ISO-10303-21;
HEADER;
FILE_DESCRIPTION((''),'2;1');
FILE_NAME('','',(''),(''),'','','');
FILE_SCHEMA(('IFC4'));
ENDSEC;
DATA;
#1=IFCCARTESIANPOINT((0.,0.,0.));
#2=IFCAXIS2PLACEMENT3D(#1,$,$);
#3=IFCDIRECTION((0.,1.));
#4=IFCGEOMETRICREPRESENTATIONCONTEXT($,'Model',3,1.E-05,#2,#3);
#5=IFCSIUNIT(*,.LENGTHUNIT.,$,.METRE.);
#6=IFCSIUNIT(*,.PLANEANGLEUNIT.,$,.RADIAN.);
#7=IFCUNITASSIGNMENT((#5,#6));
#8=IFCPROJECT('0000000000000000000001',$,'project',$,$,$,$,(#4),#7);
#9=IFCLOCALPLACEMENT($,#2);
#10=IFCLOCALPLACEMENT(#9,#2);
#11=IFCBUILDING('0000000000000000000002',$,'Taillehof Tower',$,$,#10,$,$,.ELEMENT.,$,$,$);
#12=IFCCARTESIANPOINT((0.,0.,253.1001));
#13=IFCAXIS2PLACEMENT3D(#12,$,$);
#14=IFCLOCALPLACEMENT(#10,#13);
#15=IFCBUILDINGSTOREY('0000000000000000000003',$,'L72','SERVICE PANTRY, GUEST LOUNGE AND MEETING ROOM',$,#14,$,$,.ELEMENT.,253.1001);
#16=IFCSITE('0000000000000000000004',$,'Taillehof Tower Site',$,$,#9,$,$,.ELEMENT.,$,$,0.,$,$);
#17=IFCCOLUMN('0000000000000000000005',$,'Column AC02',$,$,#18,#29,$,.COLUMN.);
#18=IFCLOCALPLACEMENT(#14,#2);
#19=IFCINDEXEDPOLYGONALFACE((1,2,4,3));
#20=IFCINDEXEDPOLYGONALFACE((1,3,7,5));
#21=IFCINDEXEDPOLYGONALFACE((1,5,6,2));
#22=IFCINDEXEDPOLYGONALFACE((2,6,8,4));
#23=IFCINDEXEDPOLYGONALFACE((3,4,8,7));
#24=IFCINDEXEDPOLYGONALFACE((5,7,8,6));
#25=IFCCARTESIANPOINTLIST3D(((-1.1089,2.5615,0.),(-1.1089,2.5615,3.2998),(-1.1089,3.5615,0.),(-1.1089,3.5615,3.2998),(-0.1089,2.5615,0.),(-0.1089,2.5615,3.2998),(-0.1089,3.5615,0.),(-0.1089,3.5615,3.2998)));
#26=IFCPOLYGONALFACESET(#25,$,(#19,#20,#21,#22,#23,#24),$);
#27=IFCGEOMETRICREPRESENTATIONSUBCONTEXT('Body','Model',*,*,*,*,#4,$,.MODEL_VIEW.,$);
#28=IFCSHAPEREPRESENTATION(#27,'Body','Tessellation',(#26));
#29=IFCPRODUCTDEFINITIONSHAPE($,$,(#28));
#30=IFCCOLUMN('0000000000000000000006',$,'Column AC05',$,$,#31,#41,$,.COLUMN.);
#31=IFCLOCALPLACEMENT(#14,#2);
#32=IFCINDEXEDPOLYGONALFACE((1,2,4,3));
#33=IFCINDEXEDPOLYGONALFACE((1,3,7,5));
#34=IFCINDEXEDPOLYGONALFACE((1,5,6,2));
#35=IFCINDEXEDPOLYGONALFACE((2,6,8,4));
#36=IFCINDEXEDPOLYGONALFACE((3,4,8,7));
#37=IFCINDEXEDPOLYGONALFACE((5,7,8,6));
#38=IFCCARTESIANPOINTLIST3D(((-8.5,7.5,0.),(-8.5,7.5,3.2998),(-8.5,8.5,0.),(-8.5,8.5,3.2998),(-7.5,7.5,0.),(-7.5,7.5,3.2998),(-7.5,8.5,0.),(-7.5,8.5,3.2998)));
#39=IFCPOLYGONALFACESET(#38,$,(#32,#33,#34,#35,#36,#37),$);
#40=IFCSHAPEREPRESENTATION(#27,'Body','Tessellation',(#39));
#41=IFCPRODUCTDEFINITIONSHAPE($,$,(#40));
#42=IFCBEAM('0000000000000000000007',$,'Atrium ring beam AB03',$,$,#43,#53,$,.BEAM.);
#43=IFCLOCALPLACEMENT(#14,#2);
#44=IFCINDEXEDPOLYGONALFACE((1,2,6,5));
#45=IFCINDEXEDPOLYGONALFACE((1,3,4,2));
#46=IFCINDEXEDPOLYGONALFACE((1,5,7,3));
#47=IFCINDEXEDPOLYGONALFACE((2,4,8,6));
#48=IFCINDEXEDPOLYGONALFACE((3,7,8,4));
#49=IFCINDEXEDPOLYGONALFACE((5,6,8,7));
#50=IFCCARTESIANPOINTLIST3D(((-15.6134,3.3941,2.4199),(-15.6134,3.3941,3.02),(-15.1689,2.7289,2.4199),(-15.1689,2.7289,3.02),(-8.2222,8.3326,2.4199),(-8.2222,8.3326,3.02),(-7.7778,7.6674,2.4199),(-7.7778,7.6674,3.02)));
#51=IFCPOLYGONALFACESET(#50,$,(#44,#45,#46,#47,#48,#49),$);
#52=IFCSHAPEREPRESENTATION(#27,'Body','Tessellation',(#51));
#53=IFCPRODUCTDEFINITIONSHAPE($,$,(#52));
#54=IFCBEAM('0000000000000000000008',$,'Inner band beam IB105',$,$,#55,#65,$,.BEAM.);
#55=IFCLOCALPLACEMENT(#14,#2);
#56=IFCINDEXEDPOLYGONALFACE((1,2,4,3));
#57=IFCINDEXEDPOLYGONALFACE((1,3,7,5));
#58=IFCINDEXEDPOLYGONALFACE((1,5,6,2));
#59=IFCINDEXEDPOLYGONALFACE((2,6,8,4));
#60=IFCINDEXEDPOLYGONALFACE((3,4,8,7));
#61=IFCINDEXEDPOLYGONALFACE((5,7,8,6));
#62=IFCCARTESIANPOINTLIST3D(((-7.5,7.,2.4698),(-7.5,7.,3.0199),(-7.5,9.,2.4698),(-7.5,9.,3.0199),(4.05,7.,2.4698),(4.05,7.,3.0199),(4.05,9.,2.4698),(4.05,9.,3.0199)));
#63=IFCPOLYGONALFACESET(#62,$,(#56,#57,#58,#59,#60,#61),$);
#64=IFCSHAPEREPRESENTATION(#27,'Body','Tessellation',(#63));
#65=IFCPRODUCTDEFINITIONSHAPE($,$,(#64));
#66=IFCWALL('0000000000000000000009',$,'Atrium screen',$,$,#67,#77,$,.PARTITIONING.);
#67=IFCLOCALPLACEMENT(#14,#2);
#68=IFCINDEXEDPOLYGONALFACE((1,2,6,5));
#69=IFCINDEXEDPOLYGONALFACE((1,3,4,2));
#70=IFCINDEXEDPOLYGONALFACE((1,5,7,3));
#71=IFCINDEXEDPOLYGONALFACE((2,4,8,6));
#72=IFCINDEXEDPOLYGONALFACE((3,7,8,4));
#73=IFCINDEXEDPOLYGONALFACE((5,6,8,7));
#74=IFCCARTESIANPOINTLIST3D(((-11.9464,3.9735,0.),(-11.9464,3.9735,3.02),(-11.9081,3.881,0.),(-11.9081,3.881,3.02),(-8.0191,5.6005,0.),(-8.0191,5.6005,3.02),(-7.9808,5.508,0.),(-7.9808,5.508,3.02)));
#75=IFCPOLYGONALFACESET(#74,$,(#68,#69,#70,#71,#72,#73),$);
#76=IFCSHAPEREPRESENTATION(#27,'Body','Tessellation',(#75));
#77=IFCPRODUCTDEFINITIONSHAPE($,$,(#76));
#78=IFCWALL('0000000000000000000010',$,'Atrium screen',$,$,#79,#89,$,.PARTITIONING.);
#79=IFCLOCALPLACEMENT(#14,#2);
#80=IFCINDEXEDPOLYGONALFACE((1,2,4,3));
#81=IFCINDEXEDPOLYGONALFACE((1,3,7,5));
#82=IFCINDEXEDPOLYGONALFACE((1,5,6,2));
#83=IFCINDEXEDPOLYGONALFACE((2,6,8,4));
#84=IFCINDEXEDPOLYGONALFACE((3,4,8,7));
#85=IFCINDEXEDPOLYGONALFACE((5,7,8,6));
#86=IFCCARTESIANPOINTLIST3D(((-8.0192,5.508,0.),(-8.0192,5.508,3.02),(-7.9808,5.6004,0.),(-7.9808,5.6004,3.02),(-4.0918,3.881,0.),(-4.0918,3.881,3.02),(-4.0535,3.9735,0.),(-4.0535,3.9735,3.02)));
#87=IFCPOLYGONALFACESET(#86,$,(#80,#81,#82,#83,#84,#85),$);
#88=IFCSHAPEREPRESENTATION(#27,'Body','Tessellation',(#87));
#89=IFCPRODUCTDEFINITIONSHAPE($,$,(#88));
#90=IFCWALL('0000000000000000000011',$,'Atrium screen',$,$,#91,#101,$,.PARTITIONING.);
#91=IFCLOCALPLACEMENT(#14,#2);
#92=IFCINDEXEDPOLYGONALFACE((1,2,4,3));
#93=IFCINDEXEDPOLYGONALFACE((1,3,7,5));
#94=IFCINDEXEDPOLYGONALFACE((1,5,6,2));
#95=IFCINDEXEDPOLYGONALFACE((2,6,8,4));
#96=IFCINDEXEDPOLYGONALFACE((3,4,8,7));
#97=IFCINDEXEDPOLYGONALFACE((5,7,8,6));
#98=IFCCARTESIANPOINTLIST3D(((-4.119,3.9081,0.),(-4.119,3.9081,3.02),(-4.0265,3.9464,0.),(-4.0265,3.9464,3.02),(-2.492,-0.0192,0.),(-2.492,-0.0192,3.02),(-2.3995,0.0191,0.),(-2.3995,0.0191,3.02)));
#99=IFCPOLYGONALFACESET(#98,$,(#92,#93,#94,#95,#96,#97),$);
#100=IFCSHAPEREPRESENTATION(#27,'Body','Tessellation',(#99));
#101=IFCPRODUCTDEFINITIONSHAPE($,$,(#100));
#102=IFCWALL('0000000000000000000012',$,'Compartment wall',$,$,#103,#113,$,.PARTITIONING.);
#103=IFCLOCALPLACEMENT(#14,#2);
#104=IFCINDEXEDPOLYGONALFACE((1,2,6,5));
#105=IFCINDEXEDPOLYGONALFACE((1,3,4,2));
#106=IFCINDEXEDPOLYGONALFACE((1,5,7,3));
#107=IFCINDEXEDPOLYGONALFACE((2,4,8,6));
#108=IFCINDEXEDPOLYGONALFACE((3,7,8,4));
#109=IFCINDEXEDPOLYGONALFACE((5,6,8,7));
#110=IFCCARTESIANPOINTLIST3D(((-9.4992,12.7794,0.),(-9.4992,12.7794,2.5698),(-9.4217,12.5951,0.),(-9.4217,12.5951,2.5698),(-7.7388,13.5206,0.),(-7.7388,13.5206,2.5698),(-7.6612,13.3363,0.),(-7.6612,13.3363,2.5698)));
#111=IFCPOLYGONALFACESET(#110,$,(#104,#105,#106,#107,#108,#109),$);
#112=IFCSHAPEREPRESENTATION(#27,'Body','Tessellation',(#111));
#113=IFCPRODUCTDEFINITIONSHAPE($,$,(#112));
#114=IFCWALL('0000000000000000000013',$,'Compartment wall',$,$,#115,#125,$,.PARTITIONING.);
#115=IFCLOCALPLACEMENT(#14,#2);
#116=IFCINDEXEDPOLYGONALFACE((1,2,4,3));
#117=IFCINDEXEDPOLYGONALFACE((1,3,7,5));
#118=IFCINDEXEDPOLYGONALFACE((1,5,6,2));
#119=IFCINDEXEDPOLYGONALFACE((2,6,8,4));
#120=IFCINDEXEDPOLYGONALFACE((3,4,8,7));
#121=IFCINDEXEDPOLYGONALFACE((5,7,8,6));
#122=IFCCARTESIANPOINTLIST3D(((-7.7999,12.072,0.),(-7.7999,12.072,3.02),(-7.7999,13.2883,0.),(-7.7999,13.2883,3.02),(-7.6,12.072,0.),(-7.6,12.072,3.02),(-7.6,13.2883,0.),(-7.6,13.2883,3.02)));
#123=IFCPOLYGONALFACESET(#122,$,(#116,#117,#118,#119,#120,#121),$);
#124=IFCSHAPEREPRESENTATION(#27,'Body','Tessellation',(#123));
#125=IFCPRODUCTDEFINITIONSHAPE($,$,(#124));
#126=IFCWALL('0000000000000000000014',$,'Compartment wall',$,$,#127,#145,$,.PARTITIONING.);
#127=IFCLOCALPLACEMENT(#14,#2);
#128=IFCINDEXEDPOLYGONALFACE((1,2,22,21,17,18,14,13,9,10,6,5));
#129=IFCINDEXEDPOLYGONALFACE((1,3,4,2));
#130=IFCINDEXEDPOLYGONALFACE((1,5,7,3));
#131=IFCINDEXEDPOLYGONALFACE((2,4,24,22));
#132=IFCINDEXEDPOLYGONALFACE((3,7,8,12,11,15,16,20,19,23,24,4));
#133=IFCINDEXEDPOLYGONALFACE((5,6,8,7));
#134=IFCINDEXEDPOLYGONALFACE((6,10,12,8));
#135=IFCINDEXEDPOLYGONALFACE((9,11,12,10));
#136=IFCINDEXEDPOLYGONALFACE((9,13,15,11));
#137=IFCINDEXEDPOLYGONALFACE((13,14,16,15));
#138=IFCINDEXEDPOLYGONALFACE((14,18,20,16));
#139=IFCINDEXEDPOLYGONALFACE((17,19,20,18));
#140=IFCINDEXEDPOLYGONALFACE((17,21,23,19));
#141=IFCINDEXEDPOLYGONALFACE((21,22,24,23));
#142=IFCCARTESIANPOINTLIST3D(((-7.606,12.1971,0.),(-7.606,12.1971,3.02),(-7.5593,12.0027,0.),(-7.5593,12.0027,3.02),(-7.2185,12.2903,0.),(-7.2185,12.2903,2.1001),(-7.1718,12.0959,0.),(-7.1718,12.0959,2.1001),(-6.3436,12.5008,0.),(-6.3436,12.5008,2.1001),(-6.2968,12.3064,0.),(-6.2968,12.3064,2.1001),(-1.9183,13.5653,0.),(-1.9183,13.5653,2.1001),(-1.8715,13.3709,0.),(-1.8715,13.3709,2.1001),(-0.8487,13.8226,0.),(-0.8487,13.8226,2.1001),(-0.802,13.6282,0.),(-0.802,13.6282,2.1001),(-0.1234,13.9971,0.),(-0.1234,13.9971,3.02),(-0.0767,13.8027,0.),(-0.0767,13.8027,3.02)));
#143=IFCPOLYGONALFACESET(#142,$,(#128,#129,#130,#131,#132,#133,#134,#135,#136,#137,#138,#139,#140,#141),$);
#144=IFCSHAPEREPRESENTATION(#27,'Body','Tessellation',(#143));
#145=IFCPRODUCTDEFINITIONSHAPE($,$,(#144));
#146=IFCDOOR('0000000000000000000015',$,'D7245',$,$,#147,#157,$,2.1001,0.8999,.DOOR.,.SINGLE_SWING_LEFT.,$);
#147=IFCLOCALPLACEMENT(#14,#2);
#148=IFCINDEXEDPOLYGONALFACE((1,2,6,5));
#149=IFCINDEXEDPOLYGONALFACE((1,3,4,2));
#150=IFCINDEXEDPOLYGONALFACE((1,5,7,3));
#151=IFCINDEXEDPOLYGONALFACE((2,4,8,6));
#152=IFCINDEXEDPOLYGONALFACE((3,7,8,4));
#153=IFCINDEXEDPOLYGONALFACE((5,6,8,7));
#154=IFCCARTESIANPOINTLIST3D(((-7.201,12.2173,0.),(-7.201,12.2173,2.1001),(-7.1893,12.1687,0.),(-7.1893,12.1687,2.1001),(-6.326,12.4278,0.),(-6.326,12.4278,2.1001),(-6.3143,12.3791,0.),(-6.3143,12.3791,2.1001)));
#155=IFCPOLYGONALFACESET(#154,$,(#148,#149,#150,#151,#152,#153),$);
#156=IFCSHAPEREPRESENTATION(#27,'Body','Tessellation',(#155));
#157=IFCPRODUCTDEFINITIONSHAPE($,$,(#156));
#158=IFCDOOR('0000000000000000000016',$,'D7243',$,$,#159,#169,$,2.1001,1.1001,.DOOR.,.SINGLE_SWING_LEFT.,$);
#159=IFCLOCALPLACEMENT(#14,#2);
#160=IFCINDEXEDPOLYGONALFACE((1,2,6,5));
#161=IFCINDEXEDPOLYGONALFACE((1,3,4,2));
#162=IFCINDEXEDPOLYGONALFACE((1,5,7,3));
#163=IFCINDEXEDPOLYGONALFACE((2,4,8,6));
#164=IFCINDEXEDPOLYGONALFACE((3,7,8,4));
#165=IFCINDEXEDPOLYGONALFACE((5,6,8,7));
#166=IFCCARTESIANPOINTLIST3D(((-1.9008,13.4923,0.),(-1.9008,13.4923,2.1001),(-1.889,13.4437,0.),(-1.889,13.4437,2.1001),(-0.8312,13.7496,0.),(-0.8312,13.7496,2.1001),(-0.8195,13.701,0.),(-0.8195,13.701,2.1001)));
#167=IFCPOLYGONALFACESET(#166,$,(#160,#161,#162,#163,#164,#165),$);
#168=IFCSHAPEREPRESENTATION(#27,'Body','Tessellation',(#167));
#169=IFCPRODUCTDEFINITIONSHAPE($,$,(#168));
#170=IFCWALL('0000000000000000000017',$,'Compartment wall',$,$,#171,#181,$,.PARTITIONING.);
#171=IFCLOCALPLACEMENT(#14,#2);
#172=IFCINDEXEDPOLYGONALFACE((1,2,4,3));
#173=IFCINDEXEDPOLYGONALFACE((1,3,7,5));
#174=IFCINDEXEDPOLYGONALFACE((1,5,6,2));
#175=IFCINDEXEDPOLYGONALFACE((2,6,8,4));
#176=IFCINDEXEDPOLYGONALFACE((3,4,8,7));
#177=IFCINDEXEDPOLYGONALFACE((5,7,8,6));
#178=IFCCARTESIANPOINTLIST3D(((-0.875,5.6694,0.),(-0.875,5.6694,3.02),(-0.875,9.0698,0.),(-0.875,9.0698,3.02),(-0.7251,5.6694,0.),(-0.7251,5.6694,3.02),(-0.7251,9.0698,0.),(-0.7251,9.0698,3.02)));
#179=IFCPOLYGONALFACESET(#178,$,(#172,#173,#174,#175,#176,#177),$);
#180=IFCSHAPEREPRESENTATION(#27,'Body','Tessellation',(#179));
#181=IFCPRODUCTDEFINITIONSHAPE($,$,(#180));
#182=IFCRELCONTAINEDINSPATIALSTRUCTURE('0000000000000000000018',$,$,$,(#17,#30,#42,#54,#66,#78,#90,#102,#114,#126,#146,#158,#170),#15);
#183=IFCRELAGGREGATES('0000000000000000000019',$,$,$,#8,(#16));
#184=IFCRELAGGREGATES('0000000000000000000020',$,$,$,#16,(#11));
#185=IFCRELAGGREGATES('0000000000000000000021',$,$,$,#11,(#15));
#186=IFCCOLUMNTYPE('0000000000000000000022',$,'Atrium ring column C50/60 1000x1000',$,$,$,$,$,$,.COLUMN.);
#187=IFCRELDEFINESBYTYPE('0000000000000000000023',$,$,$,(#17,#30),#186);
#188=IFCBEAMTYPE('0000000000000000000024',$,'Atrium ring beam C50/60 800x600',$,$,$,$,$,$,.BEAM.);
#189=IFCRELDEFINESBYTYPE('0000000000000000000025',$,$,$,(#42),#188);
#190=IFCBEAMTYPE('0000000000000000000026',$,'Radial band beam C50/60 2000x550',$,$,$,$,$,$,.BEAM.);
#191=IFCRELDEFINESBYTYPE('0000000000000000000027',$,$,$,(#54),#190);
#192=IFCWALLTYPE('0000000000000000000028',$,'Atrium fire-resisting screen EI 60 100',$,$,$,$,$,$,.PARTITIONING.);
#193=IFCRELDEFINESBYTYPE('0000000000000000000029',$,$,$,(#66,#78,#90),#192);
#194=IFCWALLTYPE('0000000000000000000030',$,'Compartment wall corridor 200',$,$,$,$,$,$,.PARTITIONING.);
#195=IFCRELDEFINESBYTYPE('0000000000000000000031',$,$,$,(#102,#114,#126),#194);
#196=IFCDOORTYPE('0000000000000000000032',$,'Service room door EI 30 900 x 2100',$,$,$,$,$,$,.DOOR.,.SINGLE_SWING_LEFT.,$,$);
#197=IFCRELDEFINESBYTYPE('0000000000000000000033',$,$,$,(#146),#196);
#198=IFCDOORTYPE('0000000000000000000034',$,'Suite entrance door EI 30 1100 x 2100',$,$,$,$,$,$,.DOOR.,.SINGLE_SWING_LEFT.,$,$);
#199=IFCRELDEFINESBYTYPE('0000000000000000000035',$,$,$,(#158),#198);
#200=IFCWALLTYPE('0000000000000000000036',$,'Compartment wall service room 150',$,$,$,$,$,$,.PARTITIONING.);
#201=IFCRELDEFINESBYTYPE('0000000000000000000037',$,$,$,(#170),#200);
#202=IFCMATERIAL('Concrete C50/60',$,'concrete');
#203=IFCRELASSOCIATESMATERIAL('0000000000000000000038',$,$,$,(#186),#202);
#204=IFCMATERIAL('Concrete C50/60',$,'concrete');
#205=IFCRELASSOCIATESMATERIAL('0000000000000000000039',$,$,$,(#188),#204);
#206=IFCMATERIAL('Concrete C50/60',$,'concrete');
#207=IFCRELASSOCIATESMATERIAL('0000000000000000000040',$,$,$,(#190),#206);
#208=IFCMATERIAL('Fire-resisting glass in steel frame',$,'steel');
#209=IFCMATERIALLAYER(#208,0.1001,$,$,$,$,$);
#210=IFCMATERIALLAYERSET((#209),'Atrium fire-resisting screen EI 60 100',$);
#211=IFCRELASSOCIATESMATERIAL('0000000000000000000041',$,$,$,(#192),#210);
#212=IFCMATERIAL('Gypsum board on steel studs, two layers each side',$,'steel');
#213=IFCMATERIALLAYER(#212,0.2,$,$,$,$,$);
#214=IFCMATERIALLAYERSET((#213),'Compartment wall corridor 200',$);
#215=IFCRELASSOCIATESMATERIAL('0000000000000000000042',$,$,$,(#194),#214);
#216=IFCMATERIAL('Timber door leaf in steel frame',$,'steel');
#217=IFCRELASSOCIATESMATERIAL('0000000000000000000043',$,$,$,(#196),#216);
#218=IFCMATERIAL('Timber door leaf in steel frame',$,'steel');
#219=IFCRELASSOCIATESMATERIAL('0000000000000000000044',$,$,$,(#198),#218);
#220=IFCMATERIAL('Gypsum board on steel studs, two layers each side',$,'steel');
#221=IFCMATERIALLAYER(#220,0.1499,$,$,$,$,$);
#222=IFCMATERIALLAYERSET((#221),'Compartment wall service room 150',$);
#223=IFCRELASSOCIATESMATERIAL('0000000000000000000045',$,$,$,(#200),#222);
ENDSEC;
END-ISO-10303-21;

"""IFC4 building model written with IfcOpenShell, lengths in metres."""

from ifc_helpers import new_model, si_unit, direction, frame, frame_2d, origin, origin_2d, place, context, subcontext, project, spatial, rectangle, extrude, material, layer, layer_set, material_profile, profile_set, type_object, element, fill, save


model = new_model("IFC4")

# Units and contexts
model_context = context("Model", 3, precision=1e-05, world=origin(), true_north=direction((0.0, 1.0)))
body_context = subcontext(model_context, "Body", "Model", "MODEL_VIEW")
ifc_project = project(units=[si_unit("LENGTHUNIT", "METRE"), si_unit("PLANEANGLEUNIT", "RADIAN")], contexts=[model_context])

# Site, building, storey
site_placement = place(None, origin())
site = spatial("IfcSite", under=ifc_project, at=site_placement, Name="Taillehof Tower Site", CompositionType="ELEMENT", RefElevation=0.0)
building_placement = place(site_placement, origin())
building = spatial("IfcBuilding", under=site, at=building_placement, Name="Taillehof Tower", CompositionType="ELEMENT")
storey_placement = place(building_placement, frame((0.0, 0.0, 253.1001)))
storey = spatial("IfcBuildingStorey", under=building, at=storey_placement, Name="L72", Description="SERVICE PANTRY, GUEST LOUNGE AND MEETING ROOM", CompositionType="ELEMENT", Elevation=253.1001)

# Columns
ifc_material_1 = material(Name="Concrete C50/60", Category="concrete")
ifc_material_profile_1 = material_profile(ifc_material_1, rectangle(XDim=1.0, YDim=1.0, at=origin_2d()), Name="RC 1000x1000")
ifc_profile_set_1 = profile_set([ifc_material_profile_1], Name="Concrete C50/60")
column_type = type_object("IfcColumnType", Name="Atrium ring column C50/60 1000x1000", PredefinedType="COLUMN", material=ifc_profile_set_1)
for number, where, z_axis, x_axis, name in (
    (1, (-0.6089, 3.0615, 0.0), (0.0, 0.0, 1.0), (1.0, 0.0, 0.0), "Column AC02"),
    (2, (-8.0, 8.0, 0.0), (0.0, 0.0, 1.0), (1.0, 0.0, 0.0), "Column AC05"),
):
    element("IfcColumn", number, at=place(storey_placement, frame(where, z_axis=z_axis, x_axis=x_axis)), inside=storey, type_object=column_type, Name=name, PredefinedType="COLUMN", context=body_context, shape_type="SweptSolid", body=[
        extrude(rectangle(XDim=1.0, YDim=1.0, at=origin_2d()), origin(), (0.0, 0.0, 1.0), 3.2998),
    ])

# Beams
ifc_material_2 = material(Name="Concrete C50/60", Category="concrete")
ifc_material_profile_2 = material_profile(ifc_material_2, rectangle(XDim=0.8, YDim=0.6001, at=origin_2d()), Name="RC 800x600")
ifc_profile_set_2 = profile_set([ifc_material_profile_2], Name="Concrete C50/60")
beam_type_1 = type_object("IfcBeamType", Name="Atrium ring beam C50/60 800x600", PredefinedType="BEAM", material=ifc_profile_set_2)
beam_1_placement = place(storey_placement, frame((-8.0, 8.0, 2.72), z_axis=(-0.831475, -0.555562, 0.0), x_axis=(0.555562, -0.831475, 0.0)))
element("IfcBeam", 3, at=beam_1_placement, inside=storey, type_object=beam_type_1, Name="Atrium ring beam AB03", PredefinedType="BEAM", context=body_context, shape_type="SweptSolid", body=[
    extrude(rectangle(XDim=0.8, YDim=0.6001, at=origin_2d()), origin(), (0.0, 0.0, 1.0), 8.8892),
])
ifc_material_3 = material(Name="Concrete C50/60", Category="concrete")
ifc_material_profile_3 = material_profile(ifc_material_3, rectangle(XDim=2.0, YDim=0.55, at=origin_2d()), Name="RC 2000x550")
ifc_profile_set_3 = profile_set([ifc_material_profile_3], Name="Concrete C50/60")
beam_type_2 = type_object("IfcBeamType", Name="Radial band beam C50/60 2000x550", PredefinedType="BEAM", material=ifc_profile_set_3)
beam_2_placement = place(storey_placement, frame((-7.5, 8.0, 2.7449), z_axis=(1.0, 0.0, 0.0), x_axis=(0.0, 1.0, 0.0)))
element("IfcBeam", 4, at=beam_2_placement, inside=storey, type_object=beam_type_2, Name="Inner band beam IB105", PredefinedType="BEAM", context=body_context, shape_type="SweptSolid", body=[
    extrude(rectangle(XDim=2.0, YDim=0.55, at=origin_2d()), origin(), (0.0, 0.0, 1.0), 11.55),
])

# Walls
ifc_material_4 = material(Name="Fire-resisting glass in steel frame", Category="steel")
ifc_layer_1 = layer(ifc_material_4, 0.1001)
ifc_layer_set_1 = layer_set([ifc_layer_1], Name="Atrium fire-resisting screen EI 60 100")
wall_type_1 = type_object("IfcWallType", Name="Atrium fire-resisting screen EI 60 100", PredefinedType="PARTITIONING", material=ifc_layer_set_1)
for number, where, z_axis, x_axis, name in (
    (5, (-11.9272, 3.9272, 0.0), (0.0, 0.0, 1.0), (0.92386, 0.382731, 0.0), "Atrium screen"),
    (6, (-8.0, 5.5542, 0.0), (0.0, 0.0, 1.0), (0.92386, -0.382731, 0.0), "Atrium screen"),
    (7, (-4.0728, 3.9272, 0.0), (0.0, 0.0, 1.0), (0.382731, -0.92386, 0.0), "Atrium screen"),
):
    element("IfcWall", number, at=place(storey_placement, frame(where, z_axis=z_axis, x_axis=x_axis)), inside=storey, type_object=wall_type_1, Name=name, PredefinedType="PARTITIONING", context=body_context, shape_type="SweptSolid", body=[
        extrude(rectangle(XDim=4.251, YDim=0.1001, at=frame_2d((2.1255, 0.0))), origin(), (0.0, 0.0, 1.0), 3.02),
    ])
ifc_material_5 = material(Name="Gypsum board on steel studs, two layers each side", Category="steel")
ifc_layer_2 = layer(ifc_material_5, 0.2)
ifc_layer_set_2 = layer_set([ifc_layer_2], Name="Compartment wall corridor 200")
wall_type_2 = type_object("IfcWallType", Name="Compartment wall corridor 200", PredefinedType="PARTITIONING", material=ifc_layer_set_2)
wall_1_placement = place(storey_placement, frame((-9.4604, 12.6873, 0.0), z_axis=(0.0, 0.0, 1.0), x_axis=(0.921645, 0.388034, 0.0)))
element("IfcWall", 8, at=wall_1_placement, inside=storey, type_object=wall_type_2, Name="Compartment wall", PredefinedType="PARTITIONING", context=body_context, shape_type="SweptSolid", body=[
    extrude(rectangle(XDim=1.9102, YDim=0.2, at=frame_2d((0.9551, 0.0))), origin(), (0.0, 0.0, 1.0), 2.5698),
])
wall_2_placement = place(storey_placement, frame((-7.7, 13.2883, 0.0), z_axis=(0.0, 0.0, 1.0), x_axis=(0.0, -1.0, 0.0)))
element("IfcWall", 9, at=wall_2_placement, inside=storey, type_object=wall_type_2, Name="Compartment wall", PredefinedType="PARTITIONING", context=body_context, shape_type="SweptSolid", body=[
    extrude(rectangle(XDim=1.2163, YDim=0.2, at=frame_2d((0.6082, 0.0))), origin(), (0.0, 0.0, 1.0), 3.02),
])

# Wall, openings, doors
wall_3_placement = place(storey_placement, frame((-7.5828, 12.0999, 0.0), z_axis=(0.0, 0.0, 1.0), x_axis=(0.972263, 0.23389, 0.0)))
wall_3 = element("IfcWall", 10, at=wall_3_placement, inside=storey, type_object=wall_type_2, Name="Compartment wall", PredefinedType="PARTITIONING", context=body_context, shape_type="SweptSolid", body=[
    extrude(rectangle(XDim=7.696, YDim=0.2, at=frame_2d((3.8481, 0.0))), origin(), (0.0, 0.0, 1.0), 3.02),
])
opening_1_placement = place(wall_3_placement, frame((5.8501, 0.0, 0.0)))
opening_1 = element("IfcOpeningElement", 11, at=opening_1_placement, cuts=wall_3, PredefinedType="OPENING", context=body_context, shape_type="SweptSolid", body=[
    extrude(rectangle(XDim=1.1001, YDim=2.1001, at=frame_2d((0.55, 1.05))), frame((0.0, 0.1099, 0.0), z_axis=(0.0, -1.0, 0.0), x_axis=(1.0, 0.0, 0.0)), (0.0, 0.0, 1.0), 0.22),
])
opening_2_placement = place(wall_3_placement, frame((0.3987, 0.0, 0.0)))
opening_2 = element("IfcOpeningElement", 12, at=opening_2_placement, cuts=wall_3, PredefinedType="OPENING", context=body_context, shape_type="SweptSolid", body=[
    extrude(rectangle(XDim=0.8999, YDim=2.1001, at=frame_2d((0.45, 1.05))), frame((0.0, 0.1099, 0.0), z_axis=(0.0, -1.0, 0.0), x_axis=(1.0, 0.0, 0.0)), (0.0, 0.0, 1.0), 0.22),
])
ifc_material_6 = material(Name="Timber door leaf in steel frame", Category="steel")
door_type_1 = type_object("IfcDoorType", Name="Service room door EI 30 900 x 2100", OperationType="SINGLE_SWING_LEFT", PredefinedType="DOOR", material=ifc_material_6)
door_1_placement = place(opening_2_placement, origin())
door_1 = element("IfcDoor", 13, at=door_1_placement, inside=storey, type_object=door_type_1, Name="D7245", OperationType="SINGLE_SWING_LEFT", OverallHeight=2.1001, OverallWidth=0.8999, PredefinedType="DOOR", context=body_context, shape_type="SweptSolid", body=[
    extrude(rectangle(XDim=0.8999, YDim=2.1001, at=frame_2d((0.45, 1.05))), frame((0.0, 0.0249, 0.0), z_axis=(0.0, -1.0, 0.0), x_axis=(1.0, 0.0, 0.0)), (0.0, 0.0, 1.0), 0.05),
])
fill(opening_2, door_1)
ifc_material_7 = material(Name="Timber door leaf in steel frame", Category="steel")
door_type_2 = type_object("IfcDoorType", Name="Suite entrance door EI 30 1100 x 2100", OperationType="SINGLE_SWING_LEFT", PredefinedType="DOOR", material=ifc_material_7)
door_2_placement = place(opening_1_placement, origin())
door_2 = element("IfcDoor", 14, at=door_2_placement, inside=storey, type_object=door_type_2, Name="D7243", OperationType="SINGLE_SWING_LEFT", OverallHeight=2.1001, OverallWidth=1.1001, PredefinedType="DOOR", context=body_context, shape_type="SweptSolid", body=[
    extrude(rectangle(XDim=1.1001, YDim=2.1001, at=frame_2d((0.55, 1.05))), frame((0.0, 0.0249, 0.0), z_axis=(0.0, -1.0, 0.0), x_axis=(1.0, 0.0, 0.0)), (0.0, 0.0, 1.0), 0.05),
])
fill(opening_1, door_2)

# Wall
ifc_material_8 = material(Name="Gypsum board on steel studs, two layers each side", Category="steel")
ifc_layer_3 = layer(ifc_material_8, 0.1499)
ifc_layer_set_3 = layer_set([ifc_layer_3], Name="Compartment wall service room 150")
wall_type_3 = type_object("IfcWallType", Name="Compartment wall service room 150", PredefinedType="PARTITIONING", material=ifc_layer_set_3)
wall_4_placement = place(storey_placement, frame((-0.8, 9.0698, 0.0), z_axis=(0.0, 0.0, 1.0), x_axis=(0.0, -1.0, 0.0)))
element("IfcWall", 15, at=wall_4_placement, inside=storey, type_object=wall_type_3, Name="Compartment wall", PredefinedType="PARTITIONING", context=body_context, shape_type="SweptSolid", body=[
    extrude(rectangle(XDim=3.4004, YDim=0.1499, at=frame_2d((1.7002, 0.0))), origin(), (0.0, 0.0, 1.0), 3.02),
])

save(model, "model.ifc")
